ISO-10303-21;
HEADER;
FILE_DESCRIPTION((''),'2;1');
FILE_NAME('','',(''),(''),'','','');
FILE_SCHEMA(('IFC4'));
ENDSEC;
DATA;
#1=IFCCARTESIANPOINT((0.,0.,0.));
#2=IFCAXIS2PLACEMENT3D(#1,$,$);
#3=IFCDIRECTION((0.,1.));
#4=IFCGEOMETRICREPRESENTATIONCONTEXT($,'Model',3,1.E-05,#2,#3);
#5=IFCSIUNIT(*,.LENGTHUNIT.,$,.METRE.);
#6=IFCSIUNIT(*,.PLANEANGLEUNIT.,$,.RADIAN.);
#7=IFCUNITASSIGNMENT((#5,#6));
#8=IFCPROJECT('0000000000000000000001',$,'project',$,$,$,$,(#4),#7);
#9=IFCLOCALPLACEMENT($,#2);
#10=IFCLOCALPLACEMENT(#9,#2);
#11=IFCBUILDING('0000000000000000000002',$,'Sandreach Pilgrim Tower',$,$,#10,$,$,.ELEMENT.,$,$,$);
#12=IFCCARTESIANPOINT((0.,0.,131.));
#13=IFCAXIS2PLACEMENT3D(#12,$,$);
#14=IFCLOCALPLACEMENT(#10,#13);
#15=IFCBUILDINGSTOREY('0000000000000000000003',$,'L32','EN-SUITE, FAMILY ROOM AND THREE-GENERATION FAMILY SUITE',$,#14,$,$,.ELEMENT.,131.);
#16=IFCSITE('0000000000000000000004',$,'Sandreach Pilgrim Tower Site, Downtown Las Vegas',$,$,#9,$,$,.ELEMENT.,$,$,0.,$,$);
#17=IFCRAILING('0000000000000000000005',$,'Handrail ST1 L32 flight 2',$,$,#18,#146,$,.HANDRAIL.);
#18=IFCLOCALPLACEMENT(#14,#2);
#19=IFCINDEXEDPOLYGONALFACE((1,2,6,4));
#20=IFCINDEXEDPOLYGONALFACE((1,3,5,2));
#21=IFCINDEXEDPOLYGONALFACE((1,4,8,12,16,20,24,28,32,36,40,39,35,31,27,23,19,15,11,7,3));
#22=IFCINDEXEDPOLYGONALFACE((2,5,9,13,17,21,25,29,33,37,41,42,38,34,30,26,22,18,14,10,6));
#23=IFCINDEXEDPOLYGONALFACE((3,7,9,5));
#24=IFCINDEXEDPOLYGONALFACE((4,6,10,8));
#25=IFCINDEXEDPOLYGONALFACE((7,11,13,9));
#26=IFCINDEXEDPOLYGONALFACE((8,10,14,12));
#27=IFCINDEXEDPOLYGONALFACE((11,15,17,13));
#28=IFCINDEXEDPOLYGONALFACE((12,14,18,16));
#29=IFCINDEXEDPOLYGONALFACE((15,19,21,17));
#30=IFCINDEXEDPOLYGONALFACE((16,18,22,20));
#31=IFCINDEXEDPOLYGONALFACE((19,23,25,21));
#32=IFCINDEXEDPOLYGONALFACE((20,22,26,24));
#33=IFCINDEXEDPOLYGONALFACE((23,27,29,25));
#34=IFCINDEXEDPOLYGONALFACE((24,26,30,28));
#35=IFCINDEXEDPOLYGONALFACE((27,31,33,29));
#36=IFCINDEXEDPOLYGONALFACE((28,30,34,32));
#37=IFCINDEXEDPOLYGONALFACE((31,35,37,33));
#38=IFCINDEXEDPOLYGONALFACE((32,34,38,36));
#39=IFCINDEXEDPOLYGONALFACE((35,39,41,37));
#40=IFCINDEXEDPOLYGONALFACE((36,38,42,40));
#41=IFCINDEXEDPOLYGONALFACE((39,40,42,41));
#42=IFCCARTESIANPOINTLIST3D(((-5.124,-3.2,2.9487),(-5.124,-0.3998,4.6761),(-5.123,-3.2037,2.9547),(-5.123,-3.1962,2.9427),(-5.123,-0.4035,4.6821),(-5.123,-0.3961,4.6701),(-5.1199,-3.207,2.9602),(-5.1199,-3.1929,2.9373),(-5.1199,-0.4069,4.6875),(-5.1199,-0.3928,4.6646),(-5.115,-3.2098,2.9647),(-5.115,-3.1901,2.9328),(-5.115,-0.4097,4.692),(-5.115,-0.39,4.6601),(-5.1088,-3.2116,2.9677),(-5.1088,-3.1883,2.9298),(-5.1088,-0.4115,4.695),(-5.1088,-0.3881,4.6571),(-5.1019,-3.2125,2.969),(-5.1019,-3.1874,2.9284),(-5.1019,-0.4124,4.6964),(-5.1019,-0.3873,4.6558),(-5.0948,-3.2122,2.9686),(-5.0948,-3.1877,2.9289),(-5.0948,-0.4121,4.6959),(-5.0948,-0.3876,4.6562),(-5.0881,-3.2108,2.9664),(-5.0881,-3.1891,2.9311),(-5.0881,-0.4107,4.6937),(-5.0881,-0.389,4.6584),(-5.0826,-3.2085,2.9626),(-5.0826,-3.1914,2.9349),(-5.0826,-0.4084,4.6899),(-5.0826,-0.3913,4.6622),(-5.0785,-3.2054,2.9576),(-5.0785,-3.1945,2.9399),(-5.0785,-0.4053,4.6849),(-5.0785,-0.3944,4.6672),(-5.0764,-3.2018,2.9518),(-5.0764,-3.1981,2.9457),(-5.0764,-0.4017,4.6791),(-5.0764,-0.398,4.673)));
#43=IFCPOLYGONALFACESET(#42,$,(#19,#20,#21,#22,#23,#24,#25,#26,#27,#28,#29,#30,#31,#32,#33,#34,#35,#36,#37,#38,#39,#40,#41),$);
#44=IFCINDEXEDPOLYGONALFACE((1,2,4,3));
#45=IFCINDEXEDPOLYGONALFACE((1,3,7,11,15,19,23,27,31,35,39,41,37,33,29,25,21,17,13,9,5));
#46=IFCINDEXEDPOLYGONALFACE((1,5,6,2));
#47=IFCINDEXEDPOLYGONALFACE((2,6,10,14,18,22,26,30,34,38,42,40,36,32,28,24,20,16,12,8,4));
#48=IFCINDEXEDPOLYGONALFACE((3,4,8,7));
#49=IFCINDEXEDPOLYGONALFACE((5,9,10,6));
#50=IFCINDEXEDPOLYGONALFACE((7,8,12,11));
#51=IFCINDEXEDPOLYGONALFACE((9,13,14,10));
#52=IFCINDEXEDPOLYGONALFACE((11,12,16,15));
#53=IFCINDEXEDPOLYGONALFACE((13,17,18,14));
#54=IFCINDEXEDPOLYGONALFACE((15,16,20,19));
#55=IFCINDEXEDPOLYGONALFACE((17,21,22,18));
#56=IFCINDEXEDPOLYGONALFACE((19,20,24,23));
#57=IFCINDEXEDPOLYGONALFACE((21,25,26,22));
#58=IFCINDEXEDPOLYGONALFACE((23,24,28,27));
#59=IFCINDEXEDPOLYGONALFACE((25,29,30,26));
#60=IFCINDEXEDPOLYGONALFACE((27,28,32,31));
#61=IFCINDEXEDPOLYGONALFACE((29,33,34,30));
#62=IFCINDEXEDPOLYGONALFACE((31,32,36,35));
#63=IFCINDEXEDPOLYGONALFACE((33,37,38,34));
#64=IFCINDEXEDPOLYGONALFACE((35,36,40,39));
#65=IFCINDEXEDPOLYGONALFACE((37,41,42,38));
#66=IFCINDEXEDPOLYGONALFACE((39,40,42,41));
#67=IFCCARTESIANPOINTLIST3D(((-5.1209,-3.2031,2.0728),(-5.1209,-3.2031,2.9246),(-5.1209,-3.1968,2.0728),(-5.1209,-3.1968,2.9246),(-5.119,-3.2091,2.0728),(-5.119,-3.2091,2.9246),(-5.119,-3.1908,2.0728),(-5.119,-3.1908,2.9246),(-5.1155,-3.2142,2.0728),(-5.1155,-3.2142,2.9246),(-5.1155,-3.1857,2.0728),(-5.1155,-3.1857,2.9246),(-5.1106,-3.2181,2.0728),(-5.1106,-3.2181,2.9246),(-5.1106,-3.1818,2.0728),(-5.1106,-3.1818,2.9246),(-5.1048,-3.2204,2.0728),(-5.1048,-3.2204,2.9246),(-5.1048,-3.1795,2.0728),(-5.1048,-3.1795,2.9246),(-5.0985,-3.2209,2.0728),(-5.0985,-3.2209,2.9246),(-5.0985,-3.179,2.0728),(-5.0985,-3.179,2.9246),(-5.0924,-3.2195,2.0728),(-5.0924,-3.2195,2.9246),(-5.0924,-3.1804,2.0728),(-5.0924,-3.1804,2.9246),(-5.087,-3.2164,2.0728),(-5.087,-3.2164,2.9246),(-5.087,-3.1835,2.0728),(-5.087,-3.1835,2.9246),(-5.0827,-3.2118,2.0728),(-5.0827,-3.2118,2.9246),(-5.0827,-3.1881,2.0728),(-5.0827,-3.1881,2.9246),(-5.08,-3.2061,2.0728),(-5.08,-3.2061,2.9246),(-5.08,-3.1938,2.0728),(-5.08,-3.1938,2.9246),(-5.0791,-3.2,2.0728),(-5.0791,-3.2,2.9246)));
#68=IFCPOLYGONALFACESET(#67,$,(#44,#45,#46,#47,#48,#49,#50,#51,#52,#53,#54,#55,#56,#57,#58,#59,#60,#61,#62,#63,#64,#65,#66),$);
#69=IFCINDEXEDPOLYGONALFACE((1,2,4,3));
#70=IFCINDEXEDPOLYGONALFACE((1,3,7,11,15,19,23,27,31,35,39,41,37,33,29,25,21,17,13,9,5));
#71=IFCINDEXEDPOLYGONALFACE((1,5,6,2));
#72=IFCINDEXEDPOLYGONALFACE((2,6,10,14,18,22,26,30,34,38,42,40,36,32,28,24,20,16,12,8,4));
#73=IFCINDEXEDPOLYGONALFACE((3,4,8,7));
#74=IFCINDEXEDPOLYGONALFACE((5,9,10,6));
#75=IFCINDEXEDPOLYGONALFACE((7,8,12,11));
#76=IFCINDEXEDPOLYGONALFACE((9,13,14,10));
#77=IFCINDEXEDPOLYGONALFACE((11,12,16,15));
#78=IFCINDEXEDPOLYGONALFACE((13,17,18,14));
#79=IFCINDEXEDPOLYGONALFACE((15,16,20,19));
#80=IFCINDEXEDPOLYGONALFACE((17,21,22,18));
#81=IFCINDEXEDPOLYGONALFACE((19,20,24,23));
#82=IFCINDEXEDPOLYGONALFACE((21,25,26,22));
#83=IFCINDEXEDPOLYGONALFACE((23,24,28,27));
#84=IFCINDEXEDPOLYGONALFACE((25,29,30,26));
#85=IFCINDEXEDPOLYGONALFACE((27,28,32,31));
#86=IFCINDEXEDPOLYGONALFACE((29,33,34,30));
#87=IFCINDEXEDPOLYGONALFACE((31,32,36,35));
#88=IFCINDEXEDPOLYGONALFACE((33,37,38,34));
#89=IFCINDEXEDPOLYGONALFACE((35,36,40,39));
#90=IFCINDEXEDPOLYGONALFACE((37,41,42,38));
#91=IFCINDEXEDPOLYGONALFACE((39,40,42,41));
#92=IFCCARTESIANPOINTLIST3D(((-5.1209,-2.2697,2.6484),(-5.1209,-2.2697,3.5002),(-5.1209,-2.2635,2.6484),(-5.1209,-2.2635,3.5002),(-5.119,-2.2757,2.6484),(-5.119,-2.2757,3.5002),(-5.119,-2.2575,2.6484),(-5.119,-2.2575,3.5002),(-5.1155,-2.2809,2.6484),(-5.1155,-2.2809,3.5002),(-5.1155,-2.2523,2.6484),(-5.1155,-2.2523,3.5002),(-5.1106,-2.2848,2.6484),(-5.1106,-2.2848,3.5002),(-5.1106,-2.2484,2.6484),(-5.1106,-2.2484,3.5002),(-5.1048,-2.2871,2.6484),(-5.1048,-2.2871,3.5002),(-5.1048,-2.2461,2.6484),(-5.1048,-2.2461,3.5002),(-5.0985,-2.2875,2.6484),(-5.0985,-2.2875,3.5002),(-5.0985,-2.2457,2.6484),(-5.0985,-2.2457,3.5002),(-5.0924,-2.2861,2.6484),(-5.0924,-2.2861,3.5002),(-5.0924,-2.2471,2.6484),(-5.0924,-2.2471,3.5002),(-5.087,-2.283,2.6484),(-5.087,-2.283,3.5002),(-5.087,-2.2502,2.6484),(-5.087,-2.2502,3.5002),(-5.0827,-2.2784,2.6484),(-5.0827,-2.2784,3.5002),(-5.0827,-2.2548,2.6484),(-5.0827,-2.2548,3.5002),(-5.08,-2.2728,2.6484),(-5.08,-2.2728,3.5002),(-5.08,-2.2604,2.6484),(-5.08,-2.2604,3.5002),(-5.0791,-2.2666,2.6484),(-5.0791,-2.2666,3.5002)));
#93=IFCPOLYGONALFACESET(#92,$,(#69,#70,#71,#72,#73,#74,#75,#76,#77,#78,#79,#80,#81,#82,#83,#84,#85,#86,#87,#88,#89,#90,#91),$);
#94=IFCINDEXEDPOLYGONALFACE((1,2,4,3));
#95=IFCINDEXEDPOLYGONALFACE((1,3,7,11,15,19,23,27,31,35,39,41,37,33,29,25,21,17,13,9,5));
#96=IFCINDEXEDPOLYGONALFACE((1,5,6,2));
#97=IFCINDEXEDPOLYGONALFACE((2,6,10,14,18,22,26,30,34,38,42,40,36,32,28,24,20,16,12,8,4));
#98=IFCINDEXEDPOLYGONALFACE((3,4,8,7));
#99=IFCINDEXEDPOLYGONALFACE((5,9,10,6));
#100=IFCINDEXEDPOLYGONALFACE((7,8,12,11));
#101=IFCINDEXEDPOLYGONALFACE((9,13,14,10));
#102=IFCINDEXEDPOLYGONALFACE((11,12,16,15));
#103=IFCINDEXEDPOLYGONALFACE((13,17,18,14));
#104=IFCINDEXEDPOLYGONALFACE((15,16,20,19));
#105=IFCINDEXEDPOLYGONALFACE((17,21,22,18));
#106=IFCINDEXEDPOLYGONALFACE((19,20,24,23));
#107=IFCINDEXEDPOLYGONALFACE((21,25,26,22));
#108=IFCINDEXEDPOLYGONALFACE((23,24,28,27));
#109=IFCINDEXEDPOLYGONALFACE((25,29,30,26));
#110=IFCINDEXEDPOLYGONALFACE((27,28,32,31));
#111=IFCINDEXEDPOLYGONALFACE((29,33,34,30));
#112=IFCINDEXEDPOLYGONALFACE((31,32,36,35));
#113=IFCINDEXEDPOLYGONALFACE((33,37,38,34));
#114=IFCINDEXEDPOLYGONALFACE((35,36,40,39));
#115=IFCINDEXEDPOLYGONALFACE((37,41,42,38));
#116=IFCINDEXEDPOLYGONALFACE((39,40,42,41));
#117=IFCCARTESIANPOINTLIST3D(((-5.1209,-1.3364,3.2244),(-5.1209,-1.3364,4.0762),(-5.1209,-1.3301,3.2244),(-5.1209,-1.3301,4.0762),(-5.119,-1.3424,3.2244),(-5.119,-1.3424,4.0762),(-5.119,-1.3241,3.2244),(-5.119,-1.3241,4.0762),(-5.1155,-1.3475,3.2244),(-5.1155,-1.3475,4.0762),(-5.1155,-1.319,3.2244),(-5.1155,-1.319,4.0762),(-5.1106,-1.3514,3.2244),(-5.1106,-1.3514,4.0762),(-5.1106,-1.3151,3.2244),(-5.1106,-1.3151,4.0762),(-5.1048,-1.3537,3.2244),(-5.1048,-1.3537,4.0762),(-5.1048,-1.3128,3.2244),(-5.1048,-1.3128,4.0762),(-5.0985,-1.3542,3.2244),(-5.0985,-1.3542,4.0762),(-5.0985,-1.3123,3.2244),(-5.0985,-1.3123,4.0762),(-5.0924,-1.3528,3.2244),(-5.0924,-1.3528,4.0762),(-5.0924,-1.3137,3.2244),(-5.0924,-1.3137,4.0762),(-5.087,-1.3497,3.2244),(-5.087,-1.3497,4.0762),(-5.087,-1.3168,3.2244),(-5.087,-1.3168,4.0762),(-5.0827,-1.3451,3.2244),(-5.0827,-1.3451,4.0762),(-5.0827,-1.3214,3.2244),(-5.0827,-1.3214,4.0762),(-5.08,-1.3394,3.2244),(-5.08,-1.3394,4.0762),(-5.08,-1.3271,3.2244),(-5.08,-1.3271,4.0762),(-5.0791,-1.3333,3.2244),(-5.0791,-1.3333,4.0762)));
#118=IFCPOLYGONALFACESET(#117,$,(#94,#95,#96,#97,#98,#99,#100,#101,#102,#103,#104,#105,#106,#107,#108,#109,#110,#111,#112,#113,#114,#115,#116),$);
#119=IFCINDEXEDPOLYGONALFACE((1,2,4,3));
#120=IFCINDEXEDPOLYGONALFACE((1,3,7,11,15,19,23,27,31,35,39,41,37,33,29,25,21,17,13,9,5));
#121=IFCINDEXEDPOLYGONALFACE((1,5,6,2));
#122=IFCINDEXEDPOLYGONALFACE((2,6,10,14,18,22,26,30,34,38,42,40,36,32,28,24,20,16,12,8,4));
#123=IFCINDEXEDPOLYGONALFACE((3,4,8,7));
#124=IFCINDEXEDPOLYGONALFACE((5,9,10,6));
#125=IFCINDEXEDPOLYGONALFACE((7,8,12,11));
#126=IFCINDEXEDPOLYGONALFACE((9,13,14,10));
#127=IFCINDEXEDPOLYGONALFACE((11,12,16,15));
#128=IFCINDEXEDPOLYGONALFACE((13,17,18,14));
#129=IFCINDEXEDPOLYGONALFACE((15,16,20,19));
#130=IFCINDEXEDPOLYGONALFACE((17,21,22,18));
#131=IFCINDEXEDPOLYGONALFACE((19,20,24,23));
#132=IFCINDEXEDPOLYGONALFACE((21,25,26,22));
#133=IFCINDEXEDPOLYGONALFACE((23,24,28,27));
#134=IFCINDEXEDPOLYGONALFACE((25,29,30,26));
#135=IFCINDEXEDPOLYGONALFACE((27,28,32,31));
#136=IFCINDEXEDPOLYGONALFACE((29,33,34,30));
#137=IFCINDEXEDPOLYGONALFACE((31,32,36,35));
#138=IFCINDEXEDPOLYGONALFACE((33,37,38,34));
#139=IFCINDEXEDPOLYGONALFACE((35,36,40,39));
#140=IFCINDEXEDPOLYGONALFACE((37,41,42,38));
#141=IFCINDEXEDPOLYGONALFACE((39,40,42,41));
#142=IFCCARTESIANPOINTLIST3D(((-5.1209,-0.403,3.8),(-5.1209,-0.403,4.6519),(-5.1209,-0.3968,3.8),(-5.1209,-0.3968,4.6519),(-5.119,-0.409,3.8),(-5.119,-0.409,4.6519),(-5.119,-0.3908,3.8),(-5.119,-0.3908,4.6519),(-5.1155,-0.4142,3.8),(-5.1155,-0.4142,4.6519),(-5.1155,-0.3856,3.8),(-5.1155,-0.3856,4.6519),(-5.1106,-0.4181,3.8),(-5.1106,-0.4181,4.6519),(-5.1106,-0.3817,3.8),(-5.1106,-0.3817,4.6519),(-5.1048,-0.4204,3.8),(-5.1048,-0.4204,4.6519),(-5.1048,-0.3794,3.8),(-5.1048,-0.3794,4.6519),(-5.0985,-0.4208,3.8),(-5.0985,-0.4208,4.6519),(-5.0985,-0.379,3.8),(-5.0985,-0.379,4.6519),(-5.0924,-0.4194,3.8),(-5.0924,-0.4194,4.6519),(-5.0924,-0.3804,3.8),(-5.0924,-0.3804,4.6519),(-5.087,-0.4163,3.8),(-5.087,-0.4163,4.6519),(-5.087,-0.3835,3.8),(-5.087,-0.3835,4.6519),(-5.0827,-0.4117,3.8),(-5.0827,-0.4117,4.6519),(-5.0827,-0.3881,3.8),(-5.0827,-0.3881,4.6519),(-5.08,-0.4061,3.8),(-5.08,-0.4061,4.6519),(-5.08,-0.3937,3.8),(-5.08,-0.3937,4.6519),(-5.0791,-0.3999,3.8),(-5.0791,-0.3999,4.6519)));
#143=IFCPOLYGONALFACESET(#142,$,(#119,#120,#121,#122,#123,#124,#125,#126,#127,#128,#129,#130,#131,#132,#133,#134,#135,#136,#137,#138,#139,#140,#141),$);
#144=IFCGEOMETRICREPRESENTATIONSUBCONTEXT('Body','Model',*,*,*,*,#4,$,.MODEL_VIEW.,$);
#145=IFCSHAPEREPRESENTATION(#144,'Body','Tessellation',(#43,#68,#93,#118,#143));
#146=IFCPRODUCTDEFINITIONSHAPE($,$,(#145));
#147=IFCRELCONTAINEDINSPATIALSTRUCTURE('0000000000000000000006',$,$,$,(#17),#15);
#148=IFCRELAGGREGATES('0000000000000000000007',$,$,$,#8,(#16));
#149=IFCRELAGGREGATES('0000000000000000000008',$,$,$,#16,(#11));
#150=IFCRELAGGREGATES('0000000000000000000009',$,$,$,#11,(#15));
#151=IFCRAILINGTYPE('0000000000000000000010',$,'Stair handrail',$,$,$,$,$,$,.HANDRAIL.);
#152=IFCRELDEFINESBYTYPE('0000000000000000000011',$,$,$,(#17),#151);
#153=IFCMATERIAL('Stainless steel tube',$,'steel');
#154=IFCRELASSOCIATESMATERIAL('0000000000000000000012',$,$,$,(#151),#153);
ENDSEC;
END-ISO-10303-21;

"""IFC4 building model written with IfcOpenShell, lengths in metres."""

from ifc_helpers import new_model, si_unit, direction, frame, origin, origin_2d, place, context, subcontext, project, spatial, circle, extrude, material, type_object, element, save


model = new_model("IFC4")

# Units and contexts
model_context = context("Model", 3, precision=1e-05, world=origin(), true_north=direction((0.0, 1.0)))
body_context = subcontext(model_context, "Body", "Model", "MODEL_VIEW")
ifc_project = project(units=[si_unit("LENGTHUNIT", "METRE"), si_unit("PLANEANGLEUNIT", "RADIAN")], contexts=[model_context])

# Site, building, storey
site_placement = place(None, origin())
site = spatial("IfcSite", under=ifc_project, at=site_placement, Name="Sandreach Pilgrim Tower Site, Downtown Las Vegas", CompositionType="ELEMENT", RefElevation=0.0)
building_placement = place(site_placement, origin())
building = spatial("IfcBuilding", under=site, at=building_placement, Name="Sandreach Pilgrim Tower", CompositionType="ELEMENT")
storey_placement = place(building_placement, frame((0.0, 0.0, 131.0)))
storey = spatial("IfcBuildingStorey", under=building, at=storey_placement, Name="L32", Description="EN-SUITE, FAMILY ROOM AND THREE-GENERATION FAMILY SUITE", CompositionType="ELEMENT", Elevation=131.0)

# Railing
ifc_material_1 = material(Name="Stainless steel tube", Category="steel")
railing_type = type_object("IfcRailingType", Name="Stair handrail", PredefinedType="HANDRAIL", material=ifc_material_1)
for number, where, name in (
    (1, (-5.1001, -3.2, 2.0728), "Handrail ST1 L32 flight 2"),
):
    element("IfcRailing", number, at=place(storey_placement, frame(where)), inside=storey, type_object=railing_type, Name=name, PredefinedType="HANDRAIL", context=body_context, shape_type="SweptSolid", body=[
        extrude(circle(Radius=0.0239, at=origin_2d()), frame((0.0, 0.0, 0.876), z_axis=(0.0, 0.85109, 0.52502), x_axis=(-1.0, 0.0, 0.0)), (0.0, 0.0, 1.0), 3.29),
        extrude(circle(Radius=0.021, at=origin_2d()), origin(), (0.0, 0.0, 1.0), 0.8518),
        extrude(circle(Radius=0.021, at=origin_2d()), frame((0.0, 0.9333, 0.5757)), (0.0, 0.0, 1.0), 0.8518),
        extrude(circle(Radius=0.021, at=origin_2d()), frame((0.0, 1.8667, 1.1516)), (0.0, 0.0, 1.0), 0.8518),
        extrude(circle(Radius=0.021, at=origin_2d()), frame((0.0, 2.8, 1.7273)), (0.0, 0.0, 1.0), 0.8518),
    ])

save(model, "model.ifc")
